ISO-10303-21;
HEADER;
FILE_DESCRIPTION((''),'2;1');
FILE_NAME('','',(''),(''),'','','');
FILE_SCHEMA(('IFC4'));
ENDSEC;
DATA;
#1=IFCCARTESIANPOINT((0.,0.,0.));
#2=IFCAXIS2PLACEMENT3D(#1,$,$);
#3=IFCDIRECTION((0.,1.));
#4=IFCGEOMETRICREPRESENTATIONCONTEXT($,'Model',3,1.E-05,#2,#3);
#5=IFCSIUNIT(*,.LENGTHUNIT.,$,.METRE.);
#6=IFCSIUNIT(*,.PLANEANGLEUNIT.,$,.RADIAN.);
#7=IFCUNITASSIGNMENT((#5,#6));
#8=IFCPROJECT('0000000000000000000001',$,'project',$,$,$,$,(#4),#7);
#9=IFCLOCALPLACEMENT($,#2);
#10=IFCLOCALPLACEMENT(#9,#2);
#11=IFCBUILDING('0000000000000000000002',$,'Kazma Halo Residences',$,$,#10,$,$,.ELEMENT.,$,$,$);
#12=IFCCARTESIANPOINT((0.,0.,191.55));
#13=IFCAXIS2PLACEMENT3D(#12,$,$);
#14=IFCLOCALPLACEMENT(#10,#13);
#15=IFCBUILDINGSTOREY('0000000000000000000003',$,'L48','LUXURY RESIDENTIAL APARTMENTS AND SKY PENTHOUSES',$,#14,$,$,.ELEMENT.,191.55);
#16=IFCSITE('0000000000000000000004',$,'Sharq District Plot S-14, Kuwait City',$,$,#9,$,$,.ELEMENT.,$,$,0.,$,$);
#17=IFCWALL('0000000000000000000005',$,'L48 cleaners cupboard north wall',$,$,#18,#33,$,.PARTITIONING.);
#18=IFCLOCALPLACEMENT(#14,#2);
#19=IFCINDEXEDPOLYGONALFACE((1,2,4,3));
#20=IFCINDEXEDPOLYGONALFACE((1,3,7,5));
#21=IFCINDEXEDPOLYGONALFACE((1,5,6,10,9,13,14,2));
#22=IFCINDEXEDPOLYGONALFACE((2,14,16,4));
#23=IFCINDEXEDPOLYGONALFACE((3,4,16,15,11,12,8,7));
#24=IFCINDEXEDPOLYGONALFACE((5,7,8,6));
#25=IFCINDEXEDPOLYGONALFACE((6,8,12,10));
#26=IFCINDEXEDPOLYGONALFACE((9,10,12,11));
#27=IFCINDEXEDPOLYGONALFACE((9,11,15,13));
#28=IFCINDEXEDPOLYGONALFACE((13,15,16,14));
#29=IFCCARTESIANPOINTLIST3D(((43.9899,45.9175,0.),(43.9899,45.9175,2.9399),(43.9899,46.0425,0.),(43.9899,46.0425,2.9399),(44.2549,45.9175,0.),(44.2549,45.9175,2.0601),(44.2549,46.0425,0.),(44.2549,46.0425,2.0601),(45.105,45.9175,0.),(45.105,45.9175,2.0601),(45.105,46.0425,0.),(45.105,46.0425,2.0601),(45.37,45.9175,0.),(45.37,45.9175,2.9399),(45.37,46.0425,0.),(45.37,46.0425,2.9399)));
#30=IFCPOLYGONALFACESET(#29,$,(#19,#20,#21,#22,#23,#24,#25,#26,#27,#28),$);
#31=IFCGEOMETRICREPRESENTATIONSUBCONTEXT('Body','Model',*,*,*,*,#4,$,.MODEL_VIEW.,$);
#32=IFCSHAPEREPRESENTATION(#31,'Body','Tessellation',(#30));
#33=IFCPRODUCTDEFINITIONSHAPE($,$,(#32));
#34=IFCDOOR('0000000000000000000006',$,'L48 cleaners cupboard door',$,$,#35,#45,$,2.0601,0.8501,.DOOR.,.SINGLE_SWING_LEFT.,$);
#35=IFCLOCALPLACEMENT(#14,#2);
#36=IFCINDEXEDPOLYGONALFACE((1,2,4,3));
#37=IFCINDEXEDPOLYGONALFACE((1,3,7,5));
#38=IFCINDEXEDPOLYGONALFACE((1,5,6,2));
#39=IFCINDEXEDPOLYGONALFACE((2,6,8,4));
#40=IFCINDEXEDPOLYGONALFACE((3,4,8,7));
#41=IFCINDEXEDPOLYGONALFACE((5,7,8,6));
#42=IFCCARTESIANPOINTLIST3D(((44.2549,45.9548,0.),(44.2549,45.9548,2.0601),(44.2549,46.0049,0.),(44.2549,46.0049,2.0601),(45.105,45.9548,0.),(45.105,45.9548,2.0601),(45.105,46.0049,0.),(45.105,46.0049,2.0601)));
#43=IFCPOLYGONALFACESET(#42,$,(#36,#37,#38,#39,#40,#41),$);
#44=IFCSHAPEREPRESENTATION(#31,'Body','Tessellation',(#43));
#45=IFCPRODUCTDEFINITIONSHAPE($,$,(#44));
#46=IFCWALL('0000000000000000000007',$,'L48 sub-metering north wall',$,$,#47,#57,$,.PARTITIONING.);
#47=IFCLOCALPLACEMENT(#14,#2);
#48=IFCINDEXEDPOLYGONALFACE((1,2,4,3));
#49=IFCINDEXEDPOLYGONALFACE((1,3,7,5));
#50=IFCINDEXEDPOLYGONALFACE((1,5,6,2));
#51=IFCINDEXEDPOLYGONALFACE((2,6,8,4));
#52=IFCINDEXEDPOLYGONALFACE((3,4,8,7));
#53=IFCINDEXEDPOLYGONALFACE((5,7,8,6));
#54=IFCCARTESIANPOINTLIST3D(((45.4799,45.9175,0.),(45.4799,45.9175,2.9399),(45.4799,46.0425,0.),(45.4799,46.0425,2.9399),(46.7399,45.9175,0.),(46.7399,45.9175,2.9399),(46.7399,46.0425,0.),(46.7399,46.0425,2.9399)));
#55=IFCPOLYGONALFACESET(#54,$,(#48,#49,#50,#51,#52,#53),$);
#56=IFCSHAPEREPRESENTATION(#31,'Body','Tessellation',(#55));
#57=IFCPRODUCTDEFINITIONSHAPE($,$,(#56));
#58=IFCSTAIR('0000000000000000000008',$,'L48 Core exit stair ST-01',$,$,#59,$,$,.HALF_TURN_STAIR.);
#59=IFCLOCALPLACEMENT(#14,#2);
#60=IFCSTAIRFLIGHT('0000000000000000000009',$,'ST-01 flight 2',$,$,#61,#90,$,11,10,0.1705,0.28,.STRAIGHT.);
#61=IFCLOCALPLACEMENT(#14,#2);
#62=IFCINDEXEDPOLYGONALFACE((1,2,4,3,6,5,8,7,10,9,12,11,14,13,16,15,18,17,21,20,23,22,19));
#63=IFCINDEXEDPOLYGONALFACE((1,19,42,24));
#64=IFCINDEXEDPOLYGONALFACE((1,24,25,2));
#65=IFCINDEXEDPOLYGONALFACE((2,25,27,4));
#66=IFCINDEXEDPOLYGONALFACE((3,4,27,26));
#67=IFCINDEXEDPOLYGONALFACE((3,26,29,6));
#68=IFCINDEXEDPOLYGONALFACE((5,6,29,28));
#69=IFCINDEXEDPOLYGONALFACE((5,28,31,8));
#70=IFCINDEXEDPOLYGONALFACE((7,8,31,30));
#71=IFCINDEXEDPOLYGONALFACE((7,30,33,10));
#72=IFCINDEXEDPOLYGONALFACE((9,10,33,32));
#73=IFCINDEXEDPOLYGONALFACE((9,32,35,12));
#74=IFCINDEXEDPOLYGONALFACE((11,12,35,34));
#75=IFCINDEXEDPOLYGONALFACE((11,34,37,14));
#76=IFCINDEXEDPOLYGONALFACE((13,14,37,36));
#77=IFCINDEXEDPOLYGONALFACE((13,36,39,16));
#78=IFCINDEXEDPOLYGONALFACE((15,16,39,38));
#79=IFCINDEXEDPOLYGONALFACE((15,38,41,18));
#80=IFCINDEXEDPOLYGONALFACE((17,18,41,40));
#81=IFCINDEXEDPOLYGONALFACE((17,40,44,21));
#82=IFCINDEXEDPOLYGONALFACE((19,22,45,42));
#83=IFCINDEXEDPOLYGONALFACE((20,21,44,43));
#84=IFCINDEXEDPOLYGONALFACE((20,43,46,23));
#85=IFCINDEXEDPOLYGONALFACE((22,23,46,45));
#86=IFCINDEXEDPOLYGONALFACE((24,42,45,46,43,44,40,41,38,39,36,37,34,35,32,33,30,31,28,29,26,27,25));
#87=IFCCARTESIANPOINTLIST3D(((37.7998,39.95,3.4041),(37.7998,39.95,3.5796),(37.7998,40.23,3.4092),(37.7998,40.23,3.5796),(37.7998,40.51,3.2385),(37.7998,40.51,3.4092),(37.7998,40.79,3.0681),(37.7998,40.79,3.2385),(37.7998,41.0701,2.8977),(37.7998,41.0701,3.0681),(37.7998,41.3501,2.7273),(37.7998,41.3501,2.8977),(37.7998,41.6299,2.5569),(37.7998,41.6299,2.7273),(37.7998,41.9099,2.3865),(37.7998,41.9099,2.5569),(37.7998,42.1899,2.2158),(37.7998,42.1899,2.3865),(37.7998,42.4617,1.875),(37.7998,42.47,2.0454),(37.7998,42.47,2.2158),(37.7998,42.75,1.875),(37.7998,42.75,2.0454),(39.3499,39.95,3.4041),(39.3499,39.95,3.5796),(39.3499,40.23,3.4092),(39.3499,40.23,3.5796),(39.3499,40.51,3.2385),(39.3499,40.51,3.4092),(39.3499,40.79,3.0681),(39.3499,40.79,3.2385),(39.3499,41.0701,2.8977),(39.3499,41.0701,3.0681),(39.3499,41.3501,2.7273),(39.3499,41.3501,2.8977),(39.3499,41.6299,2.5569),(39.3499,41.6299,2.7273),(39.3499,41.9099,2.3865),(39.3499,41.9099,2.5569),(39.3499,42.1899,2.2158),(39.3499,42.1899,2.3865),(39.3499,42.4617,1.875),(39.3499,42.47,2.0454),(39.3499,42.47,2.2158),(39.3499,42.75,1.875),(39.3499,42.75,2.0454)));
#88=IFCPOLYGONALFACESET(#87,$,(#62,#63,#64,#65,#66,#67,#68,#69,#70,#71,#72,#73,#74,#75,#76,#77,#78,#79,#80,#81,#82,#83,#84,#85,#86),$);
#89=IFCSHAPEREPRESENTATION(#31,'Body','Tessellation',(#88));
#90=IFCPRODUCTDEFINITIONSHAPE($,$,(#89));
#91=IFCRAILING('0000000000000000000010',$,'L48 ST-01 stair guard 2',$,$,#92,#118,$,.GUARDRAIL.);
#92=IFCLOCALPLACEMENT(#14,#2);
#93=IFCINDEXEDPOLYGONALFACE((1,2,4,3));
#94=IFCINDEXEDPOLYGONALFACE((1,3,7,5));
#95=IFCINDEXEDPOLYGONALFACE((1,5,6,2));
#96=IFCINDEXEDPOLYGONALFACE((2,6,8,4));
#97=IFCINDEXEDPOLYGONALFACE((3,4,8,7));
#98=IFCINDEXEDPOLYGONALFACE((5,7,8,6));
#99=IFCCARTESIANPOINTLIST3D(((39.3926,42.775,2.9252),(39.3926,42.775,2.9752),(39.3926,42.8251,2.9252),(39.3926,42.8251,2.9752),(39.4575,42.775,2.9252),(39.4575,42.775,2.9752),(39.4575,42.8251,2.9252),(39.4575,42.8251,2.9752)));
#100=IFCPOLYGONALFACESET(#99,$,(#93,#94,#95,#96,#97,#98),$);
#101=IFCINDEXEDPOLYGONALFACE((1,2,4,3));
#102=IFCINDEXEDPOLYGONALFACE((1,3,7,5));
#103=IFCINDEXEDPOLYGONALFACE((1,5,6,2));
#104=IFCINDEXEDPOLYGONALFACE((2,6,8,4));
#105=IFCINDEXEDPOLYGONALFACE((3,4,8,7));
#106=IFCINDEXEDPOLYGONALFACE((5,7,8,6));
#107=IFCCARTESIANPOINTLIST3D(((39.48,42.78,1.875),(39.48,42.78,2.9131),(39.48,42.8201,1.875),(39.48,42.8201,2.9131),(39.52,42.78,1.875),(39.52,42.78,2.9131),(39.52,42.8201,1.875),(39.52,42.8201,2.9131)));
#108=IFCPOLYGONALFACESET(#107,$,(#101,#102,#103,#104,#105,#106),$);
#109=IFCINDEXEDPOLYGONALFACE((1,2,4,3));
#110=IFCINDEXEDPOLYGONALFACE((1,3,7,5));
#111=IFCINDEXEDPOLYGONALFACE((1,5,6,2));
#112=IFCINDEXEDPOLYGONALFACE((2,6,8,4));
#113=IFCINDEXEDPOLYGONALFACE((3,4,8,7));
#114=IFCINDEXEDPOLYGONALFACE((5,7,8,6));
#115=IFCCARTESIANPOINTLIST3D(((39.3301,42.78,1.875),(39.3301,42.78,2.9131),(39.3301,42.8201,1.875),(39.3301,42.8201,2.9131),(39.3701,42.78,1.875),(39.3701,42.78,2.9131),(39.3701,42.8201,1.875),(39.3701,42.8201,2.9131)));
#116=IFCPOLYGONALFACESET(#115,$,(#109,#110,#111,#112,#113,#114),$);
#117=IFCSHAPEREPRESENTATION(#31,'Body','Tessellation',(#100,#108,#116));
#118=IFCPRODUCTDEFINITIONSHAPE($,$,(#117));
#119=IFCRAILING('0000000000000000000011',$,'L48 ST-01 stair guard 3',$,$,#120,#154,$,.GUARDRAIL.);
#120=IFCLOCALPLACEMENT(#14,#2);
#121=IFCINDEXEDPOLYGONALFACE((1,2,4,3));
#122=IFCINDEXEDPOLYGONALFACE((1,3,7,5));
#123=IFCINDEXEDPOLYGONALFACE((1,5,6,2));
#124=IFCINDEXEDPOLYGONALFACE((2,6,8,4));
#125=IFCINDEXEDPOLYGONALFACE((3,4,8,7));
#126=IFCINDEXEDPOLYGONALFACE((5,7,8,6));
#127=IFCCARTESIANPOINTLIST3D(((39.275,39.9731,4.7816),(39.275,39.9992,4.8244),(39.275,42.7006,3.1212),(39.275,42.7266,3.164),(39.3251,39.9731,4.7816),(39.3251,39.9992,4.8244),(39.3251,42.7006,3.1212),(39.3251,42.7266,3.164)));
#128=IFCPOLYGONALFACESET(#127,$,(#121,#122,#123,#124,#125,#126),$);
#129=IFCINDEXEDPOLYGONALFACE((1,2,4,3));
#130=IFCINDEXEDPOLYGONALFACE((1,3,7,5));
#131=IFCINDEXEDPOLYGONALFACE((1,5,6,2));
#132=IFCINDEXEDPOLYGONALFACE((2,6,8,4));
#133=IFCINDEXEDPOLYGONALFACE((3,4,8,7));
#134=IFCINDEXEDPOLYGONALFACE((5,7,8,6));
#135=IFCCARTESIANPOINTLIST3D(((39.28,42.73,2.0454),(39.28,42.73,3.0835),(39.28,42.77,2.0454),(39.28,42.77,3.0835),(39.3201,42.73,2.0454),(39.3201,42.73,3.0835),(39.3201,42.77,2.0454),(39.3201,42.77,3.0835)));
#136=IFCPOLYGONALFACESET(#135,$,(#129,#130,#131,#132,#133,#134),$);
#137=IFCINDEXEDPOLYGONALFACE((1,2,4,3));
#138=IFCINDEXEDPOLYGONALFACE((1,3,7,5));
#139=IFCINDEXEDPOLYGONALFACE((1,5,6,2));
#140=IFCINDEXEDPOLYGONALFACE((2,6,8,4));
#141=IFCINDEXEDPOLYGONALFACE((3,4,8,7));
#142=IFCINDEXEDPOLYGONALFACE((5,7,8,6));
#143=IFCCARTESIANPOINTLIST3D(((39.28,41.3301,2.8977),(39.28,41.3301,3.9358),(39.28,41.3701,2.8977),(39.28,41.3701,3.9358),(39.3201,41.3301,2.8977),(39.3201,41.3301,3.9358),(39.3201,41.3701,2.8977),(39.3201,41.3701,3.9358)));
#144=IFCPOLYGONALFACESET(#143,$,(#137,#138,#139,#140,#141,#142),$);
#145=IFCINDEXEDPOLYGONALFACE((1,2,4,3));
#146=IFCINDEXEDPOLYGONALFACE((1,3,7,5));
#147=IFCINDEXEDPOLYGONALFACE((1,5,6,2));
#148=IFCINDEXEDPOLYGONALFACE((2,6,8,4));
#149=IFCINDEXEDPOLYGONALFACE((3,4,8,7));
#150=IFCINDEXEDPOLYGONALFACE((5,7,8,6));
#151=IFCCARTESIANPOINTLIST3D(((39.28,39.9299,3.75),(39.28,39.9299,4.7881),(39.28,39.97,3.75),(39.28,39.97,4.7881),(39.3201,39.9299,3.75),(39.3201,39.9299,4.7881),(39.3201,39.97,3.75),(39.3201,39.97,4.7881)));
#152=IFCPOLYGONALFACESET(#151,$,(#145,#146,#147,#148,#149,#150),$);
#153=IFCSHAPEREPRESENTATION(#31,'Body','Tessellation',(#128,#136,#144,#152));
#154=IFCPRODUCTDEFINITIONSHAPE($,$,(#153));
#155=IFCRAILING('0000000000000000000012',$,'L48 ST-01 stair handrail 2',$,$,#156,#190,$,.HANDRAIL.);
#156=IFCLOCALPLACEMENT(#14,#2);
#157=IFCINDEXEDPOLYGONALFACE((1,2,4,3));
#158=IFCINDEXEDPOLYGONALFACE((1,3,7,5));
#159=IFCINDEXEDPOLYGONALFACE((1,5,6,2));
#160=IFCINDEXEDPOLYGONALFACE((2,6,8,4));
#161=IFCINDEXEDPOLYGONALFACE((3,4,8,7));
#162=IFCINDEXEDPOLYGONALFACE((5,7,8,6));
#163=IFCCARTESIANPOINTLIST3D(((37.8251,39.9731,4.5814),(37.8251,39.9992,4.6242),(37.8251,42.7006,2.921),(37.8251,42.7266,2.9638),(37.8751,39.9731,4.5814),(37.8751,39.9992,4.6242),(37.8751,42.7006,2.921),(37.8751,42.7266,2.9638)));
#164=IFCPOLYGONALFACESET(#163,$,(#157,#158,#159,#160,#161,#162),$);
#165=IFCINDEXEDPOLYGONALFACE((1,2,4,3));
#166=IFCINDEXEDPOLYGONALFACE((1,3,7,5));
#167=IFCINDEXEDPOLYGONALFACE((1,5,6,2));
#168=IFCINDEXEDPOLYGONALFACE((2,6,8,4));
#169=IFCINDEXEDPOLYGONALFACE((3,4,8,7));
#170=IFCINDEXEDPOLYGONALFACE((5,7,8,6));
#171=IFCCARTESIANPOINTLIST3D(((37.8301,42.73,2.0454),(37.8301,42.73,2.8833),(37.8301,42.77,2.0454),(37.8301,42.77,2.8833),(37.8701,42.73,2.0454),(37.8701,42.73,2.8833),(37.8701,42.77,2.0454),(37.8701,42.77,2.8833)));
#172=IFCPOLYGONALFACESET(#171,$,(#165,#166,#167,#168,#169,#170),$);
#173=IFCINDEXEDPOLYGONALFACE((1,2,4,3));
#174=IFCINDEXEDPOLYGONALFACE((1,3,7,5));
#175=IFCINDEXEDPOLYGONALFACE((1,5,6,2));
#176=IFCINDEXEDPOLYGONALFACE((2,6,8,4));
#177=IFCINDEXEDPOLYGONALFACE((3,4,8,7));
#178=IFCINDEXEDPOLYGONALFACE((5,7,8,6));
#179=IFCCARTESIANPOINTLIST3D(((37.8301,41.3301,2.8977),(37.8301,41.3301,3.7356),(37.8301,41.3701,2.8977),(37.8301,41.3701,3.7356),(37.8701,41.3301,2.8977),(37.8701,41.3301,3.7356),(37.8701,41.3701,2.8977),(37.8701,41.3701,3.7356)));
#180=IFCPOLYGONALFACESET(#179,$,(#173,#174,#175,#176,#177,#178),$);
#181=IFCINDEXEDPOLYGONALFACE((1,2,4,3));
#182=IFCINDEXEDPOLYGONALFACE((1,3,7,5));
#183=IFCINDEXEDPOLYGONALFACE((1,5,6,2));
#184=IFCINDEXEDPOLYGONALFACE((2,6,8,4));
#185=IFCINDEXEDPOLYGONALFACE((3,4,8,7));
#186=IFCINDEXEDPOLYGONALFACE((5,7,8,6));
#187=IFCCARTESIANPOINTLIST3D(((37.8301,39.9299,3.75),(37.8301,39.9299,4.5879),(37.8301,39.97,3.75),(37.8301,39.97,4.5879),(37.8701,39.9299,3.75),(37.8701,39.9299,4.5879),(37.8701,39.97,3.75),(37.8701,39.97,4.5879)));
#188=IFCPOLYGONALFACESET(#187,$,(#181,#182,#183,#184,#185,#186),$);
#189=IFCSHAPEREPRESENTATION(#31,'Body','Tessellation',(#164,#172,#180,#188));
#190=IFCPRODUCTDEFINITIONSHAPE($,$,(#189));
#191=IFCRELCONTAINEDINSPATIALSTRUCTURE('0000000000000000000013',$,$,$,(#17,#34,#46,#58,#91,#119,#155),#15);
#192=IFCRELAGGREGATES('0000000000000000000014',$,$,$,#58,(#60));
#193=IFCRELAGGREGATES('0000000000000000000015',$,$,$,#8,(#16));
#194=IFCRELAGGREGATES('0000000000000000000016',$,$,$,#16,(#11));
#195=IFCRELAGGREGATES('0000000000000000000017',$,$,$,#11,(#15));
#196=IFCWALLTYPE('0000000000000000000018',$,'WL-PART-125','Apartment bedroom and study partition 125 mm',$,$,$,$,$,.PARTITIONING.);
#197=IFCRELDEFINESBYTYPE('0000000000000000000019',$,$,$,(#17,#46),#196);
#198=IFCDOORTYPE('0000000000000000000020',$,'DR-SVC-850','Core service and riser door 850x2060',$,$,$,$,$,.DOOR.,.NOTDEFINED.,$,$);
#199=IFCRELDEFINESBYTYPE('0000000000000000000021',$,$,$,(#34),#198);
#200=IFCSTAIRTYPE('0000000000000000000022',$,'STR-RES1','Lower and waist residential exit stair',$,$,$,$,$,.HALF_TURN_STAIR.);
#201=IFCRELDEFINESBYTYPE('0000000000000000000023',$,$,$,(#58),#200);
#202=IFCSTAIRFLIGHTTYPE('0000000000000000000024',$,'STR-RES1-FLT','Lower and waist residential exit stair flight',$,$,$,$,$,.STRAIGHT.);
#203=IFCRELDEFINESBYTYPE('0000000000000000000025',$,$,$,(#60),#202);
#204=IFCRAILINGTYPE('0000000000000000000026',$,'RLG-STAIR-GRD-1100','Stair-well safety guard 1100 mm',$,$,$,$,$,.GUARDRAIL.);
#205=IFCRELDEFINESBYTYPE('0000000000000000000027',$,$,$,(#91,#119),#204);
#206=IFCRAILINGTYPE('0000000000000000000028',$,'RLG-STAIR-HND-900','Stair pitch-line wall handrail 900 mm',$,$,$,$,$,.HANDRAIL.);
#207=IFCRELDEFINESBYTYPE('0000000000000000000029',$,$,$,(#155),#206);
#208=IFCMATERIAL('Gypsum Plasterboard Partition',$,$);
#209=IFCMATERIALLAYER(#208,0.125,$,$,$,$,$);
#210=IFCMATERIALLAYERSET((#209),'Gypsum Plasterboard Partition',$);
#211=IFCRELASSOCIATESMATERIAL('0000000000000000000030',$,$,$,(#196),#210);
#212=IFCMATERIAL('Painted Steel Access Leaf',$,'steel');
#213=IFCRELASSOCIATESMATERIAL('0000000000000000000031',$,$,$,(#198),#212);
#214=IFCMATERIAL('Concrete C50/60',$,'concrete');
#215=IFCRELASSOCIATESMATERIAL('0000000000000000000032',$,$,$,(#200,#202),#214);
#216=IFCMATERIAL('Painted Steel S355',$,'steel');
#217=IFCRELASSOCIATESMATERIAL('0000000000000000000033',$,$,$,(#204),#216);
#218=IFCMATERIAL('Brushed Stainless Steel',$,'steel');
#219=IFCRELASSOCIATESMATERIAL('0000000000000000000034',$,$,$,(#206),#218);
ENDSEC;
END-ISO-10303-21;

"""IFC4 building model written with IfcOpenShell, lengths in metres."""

from ifc_helpers import new_model, si_unit, direction, frame, frame_2d, origin, origin_2d, place, context, subcontext, project, spatial, polyline, rectangle, outline, extrude, material, layer, layer_set, type_object, element, fill, aggregate, save


model = new_model("IFC4")

# Units and contexts
model_context = context("Model", 3, precision=1e-05, world=origin(), true_north=direction((0.0, 1.0)))
body_context = subcontext(model_context, "Body", "Model", "MODEL_VIEW")
ifc_project = project(units=[si_unit("LENGTHUNIT", "METRE"), si_unit("PLANEANGLEUNIT", "RADIAN")], contexts=[model_context])

# Site, building, storey
site_placement = place(None, origin())
site = spatial("IfcSite", under=ifc_project, at=site_placement, Name="Sharq District Plot S-14, Kuwait City", CompositionType="ELEMENT", RefElevation=0.0)
building_placement = place(site_placement, origin())
building = spatial("IfcBuilding", under=site, at=building_placement, Name="Kazma Halo Residences", CompositionType="ELEMENT")
storey_placement = place(building_placement, frame((0.0, 0.0, 191.55)))
storey = spatial("IfcBuildingStorey", under=building, at=storey_placement, Name="L48", Description="LUXURY RESIDENTIAL APARTMENTS AND SKY PENTHOUSES", CompositionType="ELEMENT", Elevation=191.55)

# Shared definitions
ifc_material_1 = material(Name="Gypsum Plasterboard Partition")
ifc_layer_1 = layer(ifc_material_1, 0.125)
ifc_layer_set_1 = layer_set([ifc_layer_1], Name="Gypsum Plasterboard Partition")
wall_type_1 = type_object("IfcWallType", Name="WL-PART-125", Description="Apartment bedroom and study partition 125 mm", PredefinedType="PARTITIONING", material=ifc_layer_set_1)

# Wall, opening, door
wall_1_placement = place(storey_placement, frame((43.99, 45.98, 0.0), z_axis=(0.0, 0.0, 1.0), x_axis=(1.0, 0.0, 0.0)))
wall_1 = element("IfcWall", 1, at=wall_1_placement, inside=storey, type_object=wall_type_1, Name="L48 cleaners cupboard north wall", PredefinedType="PARTITIONING", context=body_context, shape_type="SweptSolid", body=[
    extrude(rectangle(XDim=1.3801, YDim=0.125, at=frame_2d((0.6899, 0.0))), origin(), (0.0, 0.0, 1.0), 2.9399),
])
opening_1_placement = place(wall_1_placement, frame((0.2649, 0.0, 0.0)))
opening_1 = element("IfcOpeningElement", 2, at=opening_1_placement, cuts=wall_1, PredefinedType="OPENING", context=body_context, shape_type="SweptSolid", body=[
    extrude(rectangle(XDim=0.8501, YDim=2.0601, at=frame_2d((0.425, 1.03))), frame((0.0, 0.0725, 0.0), z_axis=(0.0, -1.0, 0.0), x_axis=(1.0, 0.0, 0.0)), (0.0, 0.0, 1.0), 0.145),
])
ifc_material_2 = material(Name="Painted Steel Access Leaf", Category="steel")
door_type_1 = type_object("IfcDoorType", Name="DR-SVC-850", Description="Core service and riser door 850x2060", OperationType="NOTDEFINED", PredefinedType="DOOR", material=ifc_material_2)
door_1_placement = place(opening_1_placement, origin())
door_1 = element("IfcDoor", 3, at=door_1_placement, inside=storey, type_object=door_type_1, Name="L48 cleaners cupboard door", OperationType="SINGLE_SWING_LEFT", OverallHeight=2.0601, OverallWidth=0.8501, PredefinedType="DOOR", context=body_context, shape_type="SweptSolid", body=[
    extrude(rectangle(XDim=0.8501, YDim=2.0601, at=frame_2d((0.425, 1.03))), frame((0.0, 0.0249, 0.0), z_axis=(0.0, -1.0, 0.0), x_axis=(1.0, 0.0, 0.0)), (0.0, 0.0, 1.0), 0.05),
])
fill(opening_1, door_1)

# Wall
wall_2_placement = place(storey_placement, frame((45.48, 45.98, 0.0), z_axis=(0.0, 0.0, 1.0), x_axis=(1.0, 0.0, 0.0)))
element("IfcWall", 4, at=wall_2_placement, inside=storey, type_object=wall_type_1, Name="L48 sub-metering north wall", PredefinedType="PARTITIONING", context=body_context, shape_type="SweptSolid", body=[
    extrude(rectangle(XDim=1.26, YDim=0.125, at=frame_2d((0.6299, 0.0))), origin(), (0.0, 0.0, 1.0), 2.9399),
])

# Stair, stair flight
ifc_material_3 = material(Name="Concrete C50/60", Category="concrete")
stair_type = type_object("IfcStairType", Name="STR-RES1", Description="Lower and waist residential exit stair", PredefinedType="HALF_TURN_STAIR", material=ifc_material_3)
stair_placement = place(storey_placement, origin())
stair = element("IfcStair", 5, at=stair_placement, inside=storey, type_object=stair_type, Name="L48 Core exit stair ST-01", PredefinedType="HALF_TURN_STAIR")
stair_flight_type = type_object("IfcStairFlightType", Name="STR-RES1-FLT", Description="Lower and waist residential exit stair flight", PredefinedType="STRAIGHT", material=ifc_material_3)
stair_flight_placement = place(storey_placement, frame((38.575, 42.75, 1.875), z_axis=(0.0, 0.0, 1.0), x_axis=(0.0, -1.0, 0.0)))
stair_flight = element("IfcStairFlight", 6, at=stair_flight_placement, type_object=stair_flight_type, Name="ST-01 flight 2", NumberOfRisers=11, NumberOfTreads=10, PredefinedType="STRAIGHT", RiserHeight=0.1705, TreadLength=0.28, context=body_context, shape_type="SweptSolid", body=[
    extrude(outline(polyline([(0.0, 0.0), (0.0, 0.1704), (0.28, 0.1704), (0.28, 0.3408), (0.5601, 0.3408), (0.5601, 0.5115), (0.8401, 0.5115), (0.8401, 0.6819), (1.1201, 0.6819), (1.1201, 0.8523), (1.3999, 0.8523), (1.3999, 1.0227), (1.6799, 1.0227), (1.6799, 1.1931), (1.96, 1.1931), (1.96, 1.3635), (2.24, 1.3635), (2.24, 1.5342), (2.52, 1.5342), (2.52, 1.7046), (2.8, 1.7046), (2.8, 1.875), (2.8, 1.5291), (0.2883, 0.0), (0.0, 0.0)])), frame((0.0, 0.7749, 0.0), z_axis=(0.0, -1.0, 0.0), x_axis=(1.0, 0.0, 0.0)), (0.0, 0.0, 1.0), 1.55),
])
aggregate(stair, [stair_flight])

# Railings
ifc_material_4 = material(Name="Painted Steel S355", Category="steel")
railing_type_1 = type_object("IfcRailingType", Name="RLG-STAIR-GRD-1100", Description="Stair-well safety guard 1100 mm", PredefinedType="GUARDRAIL", material=ifc_material_4)
railing_1_placement = place(storey_placement, frame((39.5, 42.8, 1.875)))
element("IfcRailing", 7, at=railing_1_placement, inside=storey, type_object=railing_type_1, Name="L48 ST-01 stair guard 2", PredefinedType="GUARDRAIL", context=body_context, shape_type="SweptSolid", body=[
    extrude(rectangle(XDim=0.05, YDim=0.05, at=origin_2d()), frame((-0.0425, 0.0, 1.0752), z_axis=(-1.0, 0.0, 0.0), x_axis=(0.0, -1.0, 0.0)), (0.0, 0.0, 1.0), 0.0649),
    extrude(rectangle(XDim=0.04, YDim=0.04, at=origin_2d()), origin(), (0.0, 0.0, 1.0), 1.0381),
    extrude(rectangle(XDim=0.04, YDim=0.04, at=origin_2d()), frame((-0.1499, 0.0, 0.0)), (0.0, 0.0, 1.0), 1.0381),
])
railing_2_placement = place(storey_placement, frame((39.3, 42.75, 2.0454)))
element("IfcRailing", 8, at=railing_2_placement, inside=storey, type_object=railing_type_1, Name="L48 ST-01 stair guard 3", PredefinedType="GUARDRAIL", context=body_context, shape_type="SweptSolid", body=[
    extrude(rectangle(XDim=0.05, YDim=0.05, at=origin_2d()), frame((0.0, -0.0364, 1.0972), z_axis=(0.0, -0.85417, 0.519994), x_axis=(1.0, 0.0, 0.0)), (0.0, 0.0, 1.0), 3.1931),
    extrude(rectangle(XDim=0.04, YDim=0.04, at=origin_2d()), origin(), (0.0, 0.0, 1.0), 1.0381),
    extrude(rectangle(XDim=0.04, YDim=0.04, at=origin_2d()), frame((0.0, -1.3999, 0.8523)), (0.0, 0.0, 1.0), 1.0381),
    extrude(rectangle(XDim=0.04, YDim=0.04, at=origin_2d()), frame((0.0, -2.8, 1.7046)), (0.0, 0.0, 1.0), 1.0381),
])
ifc_material_5 = material(Name="Brushed Stainless Steel", Category="steel")
railing_type_2 = type_object("IfcRailingType", Name="RLG-STAIR-HND-900", Description="Stair pitch-line wall handrail 900 mm", PredefinedType="HANDRAIL", material=ifc_material_5)
railing_3_placement = place(storey_placement, frame((37.8501, 42.75, 2.0454)))
element("IfcRailing", 9, at=railing_3_placement, inside=storey, type_object=railing_type_2, Name="L48 ST-01 stair handrail 2", PredefinedType="HANDRAIL", context=body_context, shape_type="SweptSolid", body=[
    extrude(rectangle(XDim=0.05, YDim=0.05, at=origin_2d()), frame((0.0, -0.0364, 0.897), z_axis=(0.0, -0.85417, 0.519994), x_axis=(1.0, 0.0, 0.0)), (0.0, 0.0, 1.0), 3.1931),
    extrude(rectangle(XDim=0.04, YDim=0.04, at=origin_2d()), origin(), (0.0, 0.0, 1.0), 0.8379),
    extrude(rectangle(XDim=0.04, YDim=0.04, at=origin_2d()), frame((0.0, -1.3999, 0.8523)), (0.0, 0.0, 1.0), 0.8379),
    extrude(rectangle(XDim=0.04, YDim=0.04, at=origin_2d()), frame((0.0, -2.8, 1.7046)), (0.0, 0.0, 1.0), 0.8379),
])

save(model, "model.ifc")
